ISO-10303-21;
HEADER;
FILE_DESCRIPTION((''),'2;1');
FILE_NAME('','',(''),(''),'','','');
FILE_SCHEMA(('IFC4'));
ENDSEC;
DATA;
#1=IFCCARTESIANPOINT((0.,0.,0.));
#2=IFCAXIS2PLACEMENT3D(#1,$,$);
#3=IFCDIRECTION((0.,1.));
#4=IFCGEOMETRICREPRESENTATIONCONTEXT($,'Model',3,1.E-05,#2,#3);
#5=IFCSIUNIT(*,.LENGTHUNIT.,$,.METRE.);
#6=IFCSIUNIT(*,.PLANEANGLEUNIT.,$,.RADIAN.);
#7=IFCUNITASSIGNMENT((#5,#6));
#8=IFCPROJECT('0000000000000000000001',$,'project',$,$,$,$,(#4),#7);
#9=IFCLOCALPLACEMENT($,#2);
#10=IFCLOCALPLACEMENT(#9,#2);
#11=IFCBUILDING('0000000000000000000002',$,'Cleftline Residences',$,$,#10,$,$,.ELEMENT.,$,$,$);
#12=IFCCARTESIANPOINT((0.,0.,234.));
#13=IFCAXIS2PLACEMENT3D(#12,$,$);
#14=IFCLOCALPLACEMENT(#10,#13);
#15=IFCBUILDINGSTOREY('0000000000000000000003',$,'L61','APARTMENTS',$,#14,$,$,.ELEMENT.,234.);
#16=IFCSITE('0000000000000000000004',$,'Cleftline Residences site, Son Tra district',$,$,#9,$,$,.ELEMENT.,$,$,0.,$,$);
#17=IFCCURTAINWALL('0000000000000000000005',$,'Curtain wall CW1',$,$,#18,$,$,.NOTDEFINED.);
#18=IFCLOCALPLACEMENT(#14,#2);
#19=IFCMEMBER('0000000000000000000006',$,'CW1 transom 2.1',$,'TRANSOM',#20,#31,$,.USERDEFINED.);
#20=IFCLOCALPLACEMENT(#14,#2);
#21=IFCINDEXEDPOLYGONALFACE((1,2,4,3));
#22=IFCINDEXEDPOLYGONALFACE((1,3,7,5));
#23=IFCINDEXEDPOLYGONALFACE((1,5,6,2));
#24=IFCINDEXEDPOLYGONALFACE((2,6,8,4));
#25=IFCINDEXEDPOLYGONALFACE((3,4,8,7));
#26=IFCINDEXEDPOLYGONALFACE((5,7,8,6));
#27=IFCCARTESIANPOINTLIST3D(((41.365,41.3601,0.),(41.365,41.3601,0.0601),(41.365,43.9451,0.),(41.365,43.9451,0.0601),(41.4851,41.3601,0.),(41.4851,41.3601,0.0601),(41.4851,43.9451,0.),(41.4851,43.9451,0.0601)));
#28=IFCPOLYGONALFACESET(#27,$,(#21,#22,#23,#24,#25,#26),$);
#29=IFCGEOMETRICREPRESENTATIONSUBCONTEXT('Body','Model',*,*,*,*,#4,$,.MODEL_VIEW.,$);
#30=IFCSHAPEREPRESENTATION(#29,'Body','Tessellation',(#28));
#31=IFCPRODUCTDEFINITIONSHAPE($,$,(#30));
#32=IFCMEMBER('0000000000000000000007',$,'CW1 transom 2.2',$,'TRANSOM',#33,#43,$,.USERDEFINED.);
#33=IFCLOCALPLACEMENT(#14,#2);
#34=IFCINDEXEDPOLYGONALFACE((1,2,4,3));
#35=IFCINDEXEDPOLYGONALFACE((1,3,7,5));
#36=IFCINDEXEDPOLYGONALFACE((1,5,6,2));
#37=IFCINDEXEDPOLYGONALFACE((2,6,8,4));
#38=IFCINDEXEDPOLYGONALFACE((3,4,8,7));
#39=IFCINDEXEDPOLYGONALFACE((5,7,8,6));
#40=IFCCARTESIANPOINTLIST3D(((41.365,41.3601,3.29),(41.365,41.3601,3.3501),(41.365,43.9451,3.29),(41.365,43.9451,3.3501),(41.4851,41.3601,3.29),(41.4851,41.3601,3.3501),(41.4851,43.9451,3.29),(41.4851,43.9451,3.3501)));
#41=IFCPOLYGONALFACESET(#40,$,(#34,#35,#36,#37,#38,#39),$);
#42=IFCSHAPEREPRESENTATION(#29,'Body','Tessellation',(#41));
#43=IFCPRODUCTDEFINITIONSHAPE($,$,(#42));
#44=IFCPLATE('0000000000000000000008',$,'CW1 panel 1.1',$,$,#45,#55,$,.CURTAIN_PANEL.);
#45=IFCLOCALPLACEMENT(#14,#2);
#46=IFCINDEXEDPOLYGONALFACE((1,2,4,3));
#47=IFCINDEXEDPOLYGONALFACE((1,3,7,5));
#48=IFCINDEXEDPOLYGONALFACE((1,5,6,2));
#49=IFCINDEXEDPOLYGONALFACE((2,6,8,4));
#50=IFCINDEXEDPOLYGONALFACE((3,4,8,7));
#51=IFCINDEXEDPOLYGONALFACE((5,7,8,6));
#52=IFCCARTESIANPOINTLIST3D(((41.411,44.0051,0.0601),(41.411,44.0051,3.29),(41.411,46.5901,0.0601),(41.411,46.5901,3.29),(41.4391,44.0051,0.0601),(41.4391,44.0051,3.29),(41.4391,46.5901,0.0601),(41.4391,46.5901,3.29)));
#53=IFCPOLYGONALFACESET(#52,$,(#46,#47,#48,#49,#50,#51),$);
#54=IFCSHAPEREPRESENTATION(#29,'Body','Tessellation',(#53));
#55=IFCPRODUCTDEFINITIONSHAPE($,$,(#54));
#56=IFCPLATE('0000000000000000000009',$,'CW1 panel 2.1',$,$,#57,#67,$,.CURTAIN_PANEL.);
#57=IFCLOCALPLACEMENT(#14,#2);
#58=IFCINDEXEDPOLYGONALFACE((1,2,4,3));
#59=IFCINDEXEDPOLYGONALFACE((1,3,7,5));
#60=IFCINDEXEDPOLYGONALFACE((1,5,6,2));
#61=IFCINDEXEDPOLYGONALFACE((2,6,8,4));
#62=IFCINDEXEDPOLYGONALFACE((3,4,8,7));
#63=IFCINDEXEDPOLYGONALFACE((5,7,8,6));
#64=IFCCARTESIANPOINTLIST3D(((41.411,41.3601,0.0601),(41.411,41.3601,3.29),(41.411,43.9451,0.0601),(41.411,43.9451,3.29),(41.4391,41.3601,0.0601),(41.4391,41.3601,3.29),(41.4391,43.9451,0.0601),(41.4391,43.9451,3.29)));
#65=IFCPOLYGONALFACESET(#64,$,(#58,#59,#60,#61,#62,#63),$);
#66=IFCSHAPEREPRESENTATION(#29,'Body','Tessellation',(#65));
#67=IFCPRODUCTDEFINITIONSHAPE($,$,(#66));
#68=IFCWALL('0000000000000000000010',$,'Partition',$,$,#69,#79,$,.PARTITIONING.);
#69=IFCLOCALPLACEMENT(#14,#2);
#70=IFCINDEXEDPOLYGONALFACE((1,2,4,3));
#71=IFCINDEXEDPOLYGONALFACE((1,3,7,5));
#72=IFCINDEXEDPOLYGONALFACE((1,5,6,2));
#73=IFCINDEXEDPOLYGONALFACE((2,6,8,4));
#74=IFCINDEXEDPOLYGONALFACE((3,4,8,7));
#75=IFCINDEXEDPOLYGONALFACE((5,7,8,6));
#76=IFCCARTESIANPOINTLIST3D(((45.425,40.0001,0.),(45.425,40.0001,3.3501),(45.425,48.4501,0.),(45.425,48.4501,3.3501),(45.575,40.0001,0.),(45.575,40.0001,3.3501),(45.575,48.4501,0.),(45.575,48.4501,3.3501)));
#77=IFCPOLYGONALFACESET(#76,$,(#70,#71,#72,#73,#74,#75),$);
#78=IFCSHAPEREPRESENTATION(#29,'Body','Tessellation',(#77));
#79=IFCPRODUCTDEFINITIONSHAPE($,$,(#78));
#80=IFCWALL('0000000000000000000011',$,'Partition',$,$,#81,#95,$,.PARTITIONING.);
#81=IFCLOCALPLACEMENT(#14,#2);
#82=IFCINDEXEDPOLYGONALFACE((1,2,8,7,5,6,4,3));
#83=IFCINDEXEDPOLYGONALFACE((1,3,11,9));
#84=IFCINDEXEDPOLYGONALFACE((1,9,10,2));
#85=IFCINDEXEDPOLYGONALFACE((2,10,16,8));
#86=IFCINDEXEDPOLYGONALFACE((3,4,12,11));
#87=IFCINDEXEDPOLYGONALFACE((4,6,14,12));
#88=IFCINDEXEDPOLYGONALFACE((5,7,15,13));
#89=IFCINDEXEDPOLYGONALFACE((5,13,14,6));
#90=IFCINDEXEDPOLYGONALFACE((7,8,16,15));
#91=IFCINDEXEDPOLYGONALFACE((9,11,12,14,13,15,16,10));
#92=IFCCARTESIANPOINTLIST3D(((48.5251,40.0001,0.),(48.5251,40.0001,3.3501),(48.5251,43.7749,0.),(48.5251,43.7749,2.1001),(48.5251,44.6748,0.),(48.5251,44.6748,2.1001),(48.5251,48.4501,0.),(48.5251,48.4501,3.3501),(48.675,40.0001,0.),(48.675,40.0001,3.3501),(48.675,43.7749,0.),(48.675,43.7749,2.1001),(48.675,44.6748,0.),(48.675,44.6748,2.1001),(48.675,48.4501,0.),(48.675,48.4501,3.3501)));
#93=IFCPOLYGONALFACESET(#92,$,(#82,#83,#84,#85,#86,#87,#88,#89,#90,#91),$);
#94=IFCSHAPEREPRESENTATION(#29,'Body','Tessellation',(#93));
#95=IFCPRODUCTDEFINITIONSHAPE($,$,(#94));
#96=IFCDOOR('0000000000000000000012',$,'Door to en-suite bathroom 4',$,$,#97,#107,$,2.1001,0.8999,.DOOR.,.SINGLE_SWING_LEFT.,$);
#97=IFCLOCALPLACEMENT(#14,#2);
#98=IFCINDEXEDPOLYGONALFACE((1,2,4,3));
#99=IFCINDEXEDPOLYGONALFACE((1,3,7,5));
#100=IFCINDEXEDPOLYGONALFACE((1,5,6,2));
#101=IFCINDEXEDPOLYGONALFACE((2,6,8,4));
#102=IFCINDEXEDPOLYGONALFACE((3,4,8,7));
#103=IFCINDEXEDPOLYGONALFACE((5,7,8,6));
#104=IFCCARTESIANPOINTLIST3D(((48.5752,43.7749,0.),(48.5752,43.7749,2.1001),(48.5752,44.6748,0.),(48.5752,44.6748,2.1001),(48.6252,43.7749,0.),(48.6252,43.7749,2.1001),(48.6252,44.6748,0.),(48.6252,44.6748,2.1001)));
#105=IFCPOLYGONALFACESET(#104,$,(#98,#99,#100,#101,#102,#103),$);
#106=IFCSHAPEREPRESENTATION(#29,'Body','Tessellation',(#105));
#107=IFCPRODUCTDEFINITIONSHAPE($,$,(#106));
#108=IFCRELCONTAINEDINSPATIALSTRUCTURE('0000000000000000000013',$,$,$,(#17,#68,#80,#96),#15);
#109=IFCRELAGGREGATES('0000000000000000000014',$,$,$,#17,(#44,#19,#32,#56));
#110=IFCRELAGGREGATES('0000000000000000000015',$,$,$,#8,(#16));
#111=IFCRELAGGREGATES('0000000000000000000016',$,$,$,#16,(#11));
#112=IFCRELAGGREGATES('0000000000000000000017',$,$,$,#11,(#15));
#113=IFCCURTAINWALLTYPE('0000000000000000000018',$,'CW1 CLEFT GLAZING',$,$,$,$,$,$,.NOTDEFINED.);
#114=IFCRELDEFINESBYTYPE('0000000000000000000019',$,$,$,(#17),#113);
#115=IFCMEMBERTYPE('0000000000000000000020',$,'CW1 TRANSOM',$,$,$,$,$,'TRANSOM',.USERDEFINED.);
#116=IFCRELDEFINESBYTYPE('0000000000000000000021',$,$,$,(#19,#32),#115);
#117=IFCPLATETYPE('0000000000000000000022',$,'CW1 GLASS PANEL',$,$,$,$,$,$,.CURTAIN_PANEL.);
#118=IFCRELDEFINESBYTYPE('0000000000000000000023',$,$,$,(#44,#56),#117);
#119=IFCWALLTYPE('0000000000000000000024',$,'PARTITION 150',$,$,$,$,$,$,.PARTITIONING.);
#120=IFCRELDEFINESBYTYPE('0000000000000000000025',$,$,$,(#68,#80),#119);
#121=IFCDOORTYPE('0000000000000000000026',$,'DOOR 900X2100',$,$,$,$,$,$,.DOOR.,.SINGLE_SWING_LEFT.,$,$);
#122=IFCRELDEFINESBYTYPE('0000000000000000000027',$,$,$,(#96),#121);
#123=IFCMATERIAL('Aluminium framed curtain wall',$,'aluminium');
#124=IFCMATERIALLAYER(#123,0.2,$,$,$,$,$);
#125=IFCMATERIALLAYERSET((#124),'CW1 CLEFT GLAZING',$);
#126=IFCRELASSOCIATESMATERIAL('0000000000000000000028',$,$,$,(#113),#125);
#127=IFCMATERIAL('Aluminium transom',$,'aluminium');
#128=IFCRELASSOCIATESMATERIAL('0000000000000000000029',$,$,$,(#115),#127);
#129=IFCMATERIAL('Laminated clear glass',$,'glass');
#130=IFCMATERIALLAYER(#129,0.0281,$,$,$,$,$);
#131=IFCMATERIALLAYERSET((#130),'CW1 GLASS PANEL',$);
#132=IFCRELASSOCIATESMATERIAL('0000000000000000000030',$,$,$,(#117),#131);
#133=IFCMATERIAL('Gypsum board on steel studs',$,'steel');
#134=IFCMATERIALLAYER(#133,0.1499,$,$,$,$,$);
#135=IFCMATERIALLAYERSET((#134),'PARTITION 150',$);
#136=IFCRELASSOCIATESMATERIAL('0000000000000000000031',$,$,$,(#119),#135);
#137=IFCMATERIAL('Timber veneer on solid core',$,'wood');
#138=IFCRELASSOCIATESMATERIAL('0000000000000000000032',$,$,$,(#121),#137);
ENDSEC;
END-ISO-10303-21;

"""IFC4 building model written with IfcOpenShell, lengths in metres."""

from ifc_helpers import new_model, si_unit, direction, frame, frame_2d, origin, origin_2d, place, context, subcontext, project, spatial, rectangle, extrude, material, layer, layer_set, material_profile, profile_set, type_object, element, fill, aggregate, save


model = new_model("IFC4")

# Units and contexts
model_context = context("Model", 3, precision=1e-05, world=origin(), true_north=direction((0.0, 1.0)))
body_context = subcontext(model_context, "Body", "Model", "MODEL_VIEW")
ifc_project = project(units=[si_unit("LENGTHUNIT", "METRE"), si_unit("PLANEANGLEUNIT", "RADIAN")], contexts=[model_context])

# Site, building, storey
site_placement = place(None, origin())
site = spatial("IfcSite", under=ifc_project, at=site_placement, Name="Cleftline Residences site, Son Tra district", CompositionType="ELEMENT", RefElevation=0.0)
building_placement = place(site_placement, origin())
building = spatial("IfcBuilding", under=site, at=building_placement, Name="Cleftline Residences", CompositionType="ELEMENT")
storey_placement = place(building_placement, frame((0.0, 0.0, 234.0)))
storey = spatial("IfcBuildingStorey", under=building, at=storey_placement, Name="L61", Description="APARTMENTS", CompositionType="ELEMENT", Elevation=234.0)

# Curtain wall, members, plates
ifc_material_1 = material(Name="Aluminium framed curtain wall", Category="aluminium")
ifc_layer_1 = layer(ifc_material_1, 0.2)
ifc_layer_set_1 = layer_set([ifc_layer_1], Name="CW1 CLEFT GLAZING")
curtain_wall_type = type_object("IfcCurtainWallType", Name="CW1 CLEFT GLAZING", PredefinedType="NOTDEFINED", material=ifc_layer_set_1)
curtain_wall_placement = place(storey_placement, origin())
curtain_wall = element("IfcCurtainWall", 1, at=curtain_wall_placement, inside=storey, type_object=curtain_wall_type, Name="Curtain wall CW1", PredefinedType="NOTDEFINED")
ifc_material_2 = material(Name="Aluminium transom", Category="aluminium")
ifc_material_profile_1 = material_profile(ifc_material_2, rectangle(XDim=0.1201, YDim=0.0601, at=origin_2d()))
ifc_profile_set_1 = profile_set([ifc_material_profile_1], Name="Aluminium transom")
member_type_1 = type_object("IfcMemberType", Name="CW1 TRANSOM", ElementType="TRANSOM", PredefinedType="USERDEFINED", material=ifc_profile_set_1)
member_1_placement = place(storey_placement, frame((41.425, 43.9451, 0.03), z_axis=(0.0, -1.0, 0.0), x_axis=(1.0, 0.0, 0.0)))
member_1 = element("IfcMember", 2, at=member_1_placement, type_object=member_type_1, Name="CW1 transom 2.1", ObjectType="TRANSOM", PredefinedType="USERDEFINED", context=body_context, shape_type="SweptSolid", body=[
    extrude(rectangle(XDim=0.1201, YDim=0.0601, at=origin_2d()), origin(), (0.0, 0.0, 1.0), 2.585),
])
member_2_placement = place(storey_placement, frame((41.425, 43.9451, 3.3201), z_axis=(0.0, -1.0, 0.0), x_axis=(1.0, 0.0, 0.0)))
member_2 = element("IfcMember", 3, at=member_2_placement, type_object=member_type_1, Name="CW1 transom 2.2", ObjectType="TRANSOM", PredefinedType="USERDEFINED", context=body_context, shape_type="SweptSolid", body=[
    extrude(rectangle(XDim=0.1201, YDim=0.0601, at=origin_2d()), origin(), (0.0, 0.0, 1.0), 2.585),
])
ifc_material_3 = material(Name="Laminated clear glass", Category="glass")
ifc_layer_2 = layer(ifc_material_3, 0.0281)
ifc_layer_set_2 = layer_set([ifc_layer_2], Name="CW1 GLASS PANEL")
plate_type = type_object("IfcPlateType", Name="CW1 GLASS PANEL", PredefinedType="CURTAIN_PANEL", material=ifc_layer_set_2)
plate_1_placement = place(storey_placement, frame((41.425, 45.2976, 0.0601), z_axis=(0.0, 0.0, 1.0), x_axis=(0.0, -1.0, 0.0)))
plate_1 = element("IfcPlate", 4, at=plate_1_placement, type_object=plate_type, Name="CW1 panel 1.1", PredefinedType="CURTAIN_PANEL", context=body_context, shape_type="SweptSolid", body=[
    extrude(rectangle(XDim=2.585, YDim=0.0281, at=origin_2d()), origin(), (0.0, 0.0, 1.0), 3.23),
])
plate_2_placement = place(storey_placement, frame((41.425, 42.6526, 0.0601), z_axis=(0.0, 0.0, 1.0), x_axis=(0.0, -1.0, 0.0)))
plate_2 = element("IfcPlate", 5, at=plate_2_placement, type_object=plate_type, Name="CW1 panel 2.1", PredefinedType="CURTAIN_PANEL", context=body_context, shape_type="SweptSolid", body=[
    extrude(rectangle(XDim=2.585, YDim=0.0281, at=origin_2d()), origin(), (0.0, 0.0, 1.0), 3.23),
])
aggregate(curtain_wall, [plate_1, member_1, member_2, plate_2])

# Wall
ifc_material_4 = material(Name="Gypsum board on steel studs", Category="steel")
ifc_layer_3 = layer(ifc_material_4, 0.1499)
ifc_layer_set_3 = layer_set([ifc_layer_3], Name="PARTITION 150")
wall_type = type_object("IfcWallType", Name="PARTITION 150", PredefinedType="PARTITIONING", material=ifc_layer_set_3)
wall_1_placement = place(storey_placement, frame((45.5, 40.0, 0.0), z_axis=(0.0, 0.0, 1.0), x_axis=(0.0, 1.0, 0.0)))
element("IfcWall", 6, at=wall_1_placement, inside=storey, type_object=wall_type, Name="Partition", PredefinedType="PARTITIONING", context=body_context, shape_type="SweptSolid", body=[
    extrude(rectangle(XDim=8.45, YDim=0.1499, at=frame_2d((4.2251, 0.0))), origin(), (0.0, 0.0, 1.0), 3.3501),
])

# Wall, opening, door
wall_2_placement = place(storey_placement, frame((48.6001, 40.0, 0.0), z_axis=(0.0, 0.0, 1.0), x_axis=(0.0, 1.0, 0.0)))
wall_2 = element("IfcWall", 7, at=wall_2_placement, inside=storey, type_object=wall_type, Name="Partition", PredefinedType="PARTITIONING", context=body_context, shape_type="SweptSolid", body=[
    extrude(rectangle(XDim=8.45, YDim=0.1499, at=frame_2d((4.2251, 0.0))), origin(), (0.0, 0.0, 1.0), 3.3501),
])
opening_placement = place(wall_2_placement, frame((3.7749, 0.0, 0.0)))
opening = element("IfcOpeningElement", 8, at=opening_placement, cuts=wall_2, PredefinedType="OPENING", context=body_context, shape_type="SweptSolid", body=[
    extrude(rectangle(XDim=0.8999, YDim=2.1001, at=frame_2d((0.45, 1.05))), frame((0.0, 0.085, 0.0), z_axis=(0.0, -1.0, 0.0), x_axis=(1.0, 0.0, 0.0)), (0.0, 0.0, 1.0), 0.1699),
])
ifc_material_5 = material(Name="Timber veneer on solid core", Category="wood")
door_type = type_object("IfcDoorType", Name="DOOR 900X2100", OperationType="SINGLE_SWING_LEFT", PredefinedType="DOOR", material=ifc_material_5)
door_placement = place(opening_placement, origin())
door = element("IfcDoor", 9, at=door_placement, inside=storey, type_object=door_type, Name="Door to en-suite bathroom 4", OperationType="SINGLE_SWING_LEFT", OverallHeight=2.1001, OverallWidth=0.8999, PredefinedType="DOOR", context=body_context, shape_type="SweptSolid", body=[
    extrude(rectangle(XDim=0.8999, YDim=2.1001, at=frame_2d((0.45, 1.05))), frame((0.0, 0.0249, 0.0), z_axis=(0.0, -1.0, 0.0), x_axis=(1.0, 0.0, 0.0)), (0.0, 0.0, 1.0), 0.05),
])
fill(opening, door)

save(model, "model.ifc")
